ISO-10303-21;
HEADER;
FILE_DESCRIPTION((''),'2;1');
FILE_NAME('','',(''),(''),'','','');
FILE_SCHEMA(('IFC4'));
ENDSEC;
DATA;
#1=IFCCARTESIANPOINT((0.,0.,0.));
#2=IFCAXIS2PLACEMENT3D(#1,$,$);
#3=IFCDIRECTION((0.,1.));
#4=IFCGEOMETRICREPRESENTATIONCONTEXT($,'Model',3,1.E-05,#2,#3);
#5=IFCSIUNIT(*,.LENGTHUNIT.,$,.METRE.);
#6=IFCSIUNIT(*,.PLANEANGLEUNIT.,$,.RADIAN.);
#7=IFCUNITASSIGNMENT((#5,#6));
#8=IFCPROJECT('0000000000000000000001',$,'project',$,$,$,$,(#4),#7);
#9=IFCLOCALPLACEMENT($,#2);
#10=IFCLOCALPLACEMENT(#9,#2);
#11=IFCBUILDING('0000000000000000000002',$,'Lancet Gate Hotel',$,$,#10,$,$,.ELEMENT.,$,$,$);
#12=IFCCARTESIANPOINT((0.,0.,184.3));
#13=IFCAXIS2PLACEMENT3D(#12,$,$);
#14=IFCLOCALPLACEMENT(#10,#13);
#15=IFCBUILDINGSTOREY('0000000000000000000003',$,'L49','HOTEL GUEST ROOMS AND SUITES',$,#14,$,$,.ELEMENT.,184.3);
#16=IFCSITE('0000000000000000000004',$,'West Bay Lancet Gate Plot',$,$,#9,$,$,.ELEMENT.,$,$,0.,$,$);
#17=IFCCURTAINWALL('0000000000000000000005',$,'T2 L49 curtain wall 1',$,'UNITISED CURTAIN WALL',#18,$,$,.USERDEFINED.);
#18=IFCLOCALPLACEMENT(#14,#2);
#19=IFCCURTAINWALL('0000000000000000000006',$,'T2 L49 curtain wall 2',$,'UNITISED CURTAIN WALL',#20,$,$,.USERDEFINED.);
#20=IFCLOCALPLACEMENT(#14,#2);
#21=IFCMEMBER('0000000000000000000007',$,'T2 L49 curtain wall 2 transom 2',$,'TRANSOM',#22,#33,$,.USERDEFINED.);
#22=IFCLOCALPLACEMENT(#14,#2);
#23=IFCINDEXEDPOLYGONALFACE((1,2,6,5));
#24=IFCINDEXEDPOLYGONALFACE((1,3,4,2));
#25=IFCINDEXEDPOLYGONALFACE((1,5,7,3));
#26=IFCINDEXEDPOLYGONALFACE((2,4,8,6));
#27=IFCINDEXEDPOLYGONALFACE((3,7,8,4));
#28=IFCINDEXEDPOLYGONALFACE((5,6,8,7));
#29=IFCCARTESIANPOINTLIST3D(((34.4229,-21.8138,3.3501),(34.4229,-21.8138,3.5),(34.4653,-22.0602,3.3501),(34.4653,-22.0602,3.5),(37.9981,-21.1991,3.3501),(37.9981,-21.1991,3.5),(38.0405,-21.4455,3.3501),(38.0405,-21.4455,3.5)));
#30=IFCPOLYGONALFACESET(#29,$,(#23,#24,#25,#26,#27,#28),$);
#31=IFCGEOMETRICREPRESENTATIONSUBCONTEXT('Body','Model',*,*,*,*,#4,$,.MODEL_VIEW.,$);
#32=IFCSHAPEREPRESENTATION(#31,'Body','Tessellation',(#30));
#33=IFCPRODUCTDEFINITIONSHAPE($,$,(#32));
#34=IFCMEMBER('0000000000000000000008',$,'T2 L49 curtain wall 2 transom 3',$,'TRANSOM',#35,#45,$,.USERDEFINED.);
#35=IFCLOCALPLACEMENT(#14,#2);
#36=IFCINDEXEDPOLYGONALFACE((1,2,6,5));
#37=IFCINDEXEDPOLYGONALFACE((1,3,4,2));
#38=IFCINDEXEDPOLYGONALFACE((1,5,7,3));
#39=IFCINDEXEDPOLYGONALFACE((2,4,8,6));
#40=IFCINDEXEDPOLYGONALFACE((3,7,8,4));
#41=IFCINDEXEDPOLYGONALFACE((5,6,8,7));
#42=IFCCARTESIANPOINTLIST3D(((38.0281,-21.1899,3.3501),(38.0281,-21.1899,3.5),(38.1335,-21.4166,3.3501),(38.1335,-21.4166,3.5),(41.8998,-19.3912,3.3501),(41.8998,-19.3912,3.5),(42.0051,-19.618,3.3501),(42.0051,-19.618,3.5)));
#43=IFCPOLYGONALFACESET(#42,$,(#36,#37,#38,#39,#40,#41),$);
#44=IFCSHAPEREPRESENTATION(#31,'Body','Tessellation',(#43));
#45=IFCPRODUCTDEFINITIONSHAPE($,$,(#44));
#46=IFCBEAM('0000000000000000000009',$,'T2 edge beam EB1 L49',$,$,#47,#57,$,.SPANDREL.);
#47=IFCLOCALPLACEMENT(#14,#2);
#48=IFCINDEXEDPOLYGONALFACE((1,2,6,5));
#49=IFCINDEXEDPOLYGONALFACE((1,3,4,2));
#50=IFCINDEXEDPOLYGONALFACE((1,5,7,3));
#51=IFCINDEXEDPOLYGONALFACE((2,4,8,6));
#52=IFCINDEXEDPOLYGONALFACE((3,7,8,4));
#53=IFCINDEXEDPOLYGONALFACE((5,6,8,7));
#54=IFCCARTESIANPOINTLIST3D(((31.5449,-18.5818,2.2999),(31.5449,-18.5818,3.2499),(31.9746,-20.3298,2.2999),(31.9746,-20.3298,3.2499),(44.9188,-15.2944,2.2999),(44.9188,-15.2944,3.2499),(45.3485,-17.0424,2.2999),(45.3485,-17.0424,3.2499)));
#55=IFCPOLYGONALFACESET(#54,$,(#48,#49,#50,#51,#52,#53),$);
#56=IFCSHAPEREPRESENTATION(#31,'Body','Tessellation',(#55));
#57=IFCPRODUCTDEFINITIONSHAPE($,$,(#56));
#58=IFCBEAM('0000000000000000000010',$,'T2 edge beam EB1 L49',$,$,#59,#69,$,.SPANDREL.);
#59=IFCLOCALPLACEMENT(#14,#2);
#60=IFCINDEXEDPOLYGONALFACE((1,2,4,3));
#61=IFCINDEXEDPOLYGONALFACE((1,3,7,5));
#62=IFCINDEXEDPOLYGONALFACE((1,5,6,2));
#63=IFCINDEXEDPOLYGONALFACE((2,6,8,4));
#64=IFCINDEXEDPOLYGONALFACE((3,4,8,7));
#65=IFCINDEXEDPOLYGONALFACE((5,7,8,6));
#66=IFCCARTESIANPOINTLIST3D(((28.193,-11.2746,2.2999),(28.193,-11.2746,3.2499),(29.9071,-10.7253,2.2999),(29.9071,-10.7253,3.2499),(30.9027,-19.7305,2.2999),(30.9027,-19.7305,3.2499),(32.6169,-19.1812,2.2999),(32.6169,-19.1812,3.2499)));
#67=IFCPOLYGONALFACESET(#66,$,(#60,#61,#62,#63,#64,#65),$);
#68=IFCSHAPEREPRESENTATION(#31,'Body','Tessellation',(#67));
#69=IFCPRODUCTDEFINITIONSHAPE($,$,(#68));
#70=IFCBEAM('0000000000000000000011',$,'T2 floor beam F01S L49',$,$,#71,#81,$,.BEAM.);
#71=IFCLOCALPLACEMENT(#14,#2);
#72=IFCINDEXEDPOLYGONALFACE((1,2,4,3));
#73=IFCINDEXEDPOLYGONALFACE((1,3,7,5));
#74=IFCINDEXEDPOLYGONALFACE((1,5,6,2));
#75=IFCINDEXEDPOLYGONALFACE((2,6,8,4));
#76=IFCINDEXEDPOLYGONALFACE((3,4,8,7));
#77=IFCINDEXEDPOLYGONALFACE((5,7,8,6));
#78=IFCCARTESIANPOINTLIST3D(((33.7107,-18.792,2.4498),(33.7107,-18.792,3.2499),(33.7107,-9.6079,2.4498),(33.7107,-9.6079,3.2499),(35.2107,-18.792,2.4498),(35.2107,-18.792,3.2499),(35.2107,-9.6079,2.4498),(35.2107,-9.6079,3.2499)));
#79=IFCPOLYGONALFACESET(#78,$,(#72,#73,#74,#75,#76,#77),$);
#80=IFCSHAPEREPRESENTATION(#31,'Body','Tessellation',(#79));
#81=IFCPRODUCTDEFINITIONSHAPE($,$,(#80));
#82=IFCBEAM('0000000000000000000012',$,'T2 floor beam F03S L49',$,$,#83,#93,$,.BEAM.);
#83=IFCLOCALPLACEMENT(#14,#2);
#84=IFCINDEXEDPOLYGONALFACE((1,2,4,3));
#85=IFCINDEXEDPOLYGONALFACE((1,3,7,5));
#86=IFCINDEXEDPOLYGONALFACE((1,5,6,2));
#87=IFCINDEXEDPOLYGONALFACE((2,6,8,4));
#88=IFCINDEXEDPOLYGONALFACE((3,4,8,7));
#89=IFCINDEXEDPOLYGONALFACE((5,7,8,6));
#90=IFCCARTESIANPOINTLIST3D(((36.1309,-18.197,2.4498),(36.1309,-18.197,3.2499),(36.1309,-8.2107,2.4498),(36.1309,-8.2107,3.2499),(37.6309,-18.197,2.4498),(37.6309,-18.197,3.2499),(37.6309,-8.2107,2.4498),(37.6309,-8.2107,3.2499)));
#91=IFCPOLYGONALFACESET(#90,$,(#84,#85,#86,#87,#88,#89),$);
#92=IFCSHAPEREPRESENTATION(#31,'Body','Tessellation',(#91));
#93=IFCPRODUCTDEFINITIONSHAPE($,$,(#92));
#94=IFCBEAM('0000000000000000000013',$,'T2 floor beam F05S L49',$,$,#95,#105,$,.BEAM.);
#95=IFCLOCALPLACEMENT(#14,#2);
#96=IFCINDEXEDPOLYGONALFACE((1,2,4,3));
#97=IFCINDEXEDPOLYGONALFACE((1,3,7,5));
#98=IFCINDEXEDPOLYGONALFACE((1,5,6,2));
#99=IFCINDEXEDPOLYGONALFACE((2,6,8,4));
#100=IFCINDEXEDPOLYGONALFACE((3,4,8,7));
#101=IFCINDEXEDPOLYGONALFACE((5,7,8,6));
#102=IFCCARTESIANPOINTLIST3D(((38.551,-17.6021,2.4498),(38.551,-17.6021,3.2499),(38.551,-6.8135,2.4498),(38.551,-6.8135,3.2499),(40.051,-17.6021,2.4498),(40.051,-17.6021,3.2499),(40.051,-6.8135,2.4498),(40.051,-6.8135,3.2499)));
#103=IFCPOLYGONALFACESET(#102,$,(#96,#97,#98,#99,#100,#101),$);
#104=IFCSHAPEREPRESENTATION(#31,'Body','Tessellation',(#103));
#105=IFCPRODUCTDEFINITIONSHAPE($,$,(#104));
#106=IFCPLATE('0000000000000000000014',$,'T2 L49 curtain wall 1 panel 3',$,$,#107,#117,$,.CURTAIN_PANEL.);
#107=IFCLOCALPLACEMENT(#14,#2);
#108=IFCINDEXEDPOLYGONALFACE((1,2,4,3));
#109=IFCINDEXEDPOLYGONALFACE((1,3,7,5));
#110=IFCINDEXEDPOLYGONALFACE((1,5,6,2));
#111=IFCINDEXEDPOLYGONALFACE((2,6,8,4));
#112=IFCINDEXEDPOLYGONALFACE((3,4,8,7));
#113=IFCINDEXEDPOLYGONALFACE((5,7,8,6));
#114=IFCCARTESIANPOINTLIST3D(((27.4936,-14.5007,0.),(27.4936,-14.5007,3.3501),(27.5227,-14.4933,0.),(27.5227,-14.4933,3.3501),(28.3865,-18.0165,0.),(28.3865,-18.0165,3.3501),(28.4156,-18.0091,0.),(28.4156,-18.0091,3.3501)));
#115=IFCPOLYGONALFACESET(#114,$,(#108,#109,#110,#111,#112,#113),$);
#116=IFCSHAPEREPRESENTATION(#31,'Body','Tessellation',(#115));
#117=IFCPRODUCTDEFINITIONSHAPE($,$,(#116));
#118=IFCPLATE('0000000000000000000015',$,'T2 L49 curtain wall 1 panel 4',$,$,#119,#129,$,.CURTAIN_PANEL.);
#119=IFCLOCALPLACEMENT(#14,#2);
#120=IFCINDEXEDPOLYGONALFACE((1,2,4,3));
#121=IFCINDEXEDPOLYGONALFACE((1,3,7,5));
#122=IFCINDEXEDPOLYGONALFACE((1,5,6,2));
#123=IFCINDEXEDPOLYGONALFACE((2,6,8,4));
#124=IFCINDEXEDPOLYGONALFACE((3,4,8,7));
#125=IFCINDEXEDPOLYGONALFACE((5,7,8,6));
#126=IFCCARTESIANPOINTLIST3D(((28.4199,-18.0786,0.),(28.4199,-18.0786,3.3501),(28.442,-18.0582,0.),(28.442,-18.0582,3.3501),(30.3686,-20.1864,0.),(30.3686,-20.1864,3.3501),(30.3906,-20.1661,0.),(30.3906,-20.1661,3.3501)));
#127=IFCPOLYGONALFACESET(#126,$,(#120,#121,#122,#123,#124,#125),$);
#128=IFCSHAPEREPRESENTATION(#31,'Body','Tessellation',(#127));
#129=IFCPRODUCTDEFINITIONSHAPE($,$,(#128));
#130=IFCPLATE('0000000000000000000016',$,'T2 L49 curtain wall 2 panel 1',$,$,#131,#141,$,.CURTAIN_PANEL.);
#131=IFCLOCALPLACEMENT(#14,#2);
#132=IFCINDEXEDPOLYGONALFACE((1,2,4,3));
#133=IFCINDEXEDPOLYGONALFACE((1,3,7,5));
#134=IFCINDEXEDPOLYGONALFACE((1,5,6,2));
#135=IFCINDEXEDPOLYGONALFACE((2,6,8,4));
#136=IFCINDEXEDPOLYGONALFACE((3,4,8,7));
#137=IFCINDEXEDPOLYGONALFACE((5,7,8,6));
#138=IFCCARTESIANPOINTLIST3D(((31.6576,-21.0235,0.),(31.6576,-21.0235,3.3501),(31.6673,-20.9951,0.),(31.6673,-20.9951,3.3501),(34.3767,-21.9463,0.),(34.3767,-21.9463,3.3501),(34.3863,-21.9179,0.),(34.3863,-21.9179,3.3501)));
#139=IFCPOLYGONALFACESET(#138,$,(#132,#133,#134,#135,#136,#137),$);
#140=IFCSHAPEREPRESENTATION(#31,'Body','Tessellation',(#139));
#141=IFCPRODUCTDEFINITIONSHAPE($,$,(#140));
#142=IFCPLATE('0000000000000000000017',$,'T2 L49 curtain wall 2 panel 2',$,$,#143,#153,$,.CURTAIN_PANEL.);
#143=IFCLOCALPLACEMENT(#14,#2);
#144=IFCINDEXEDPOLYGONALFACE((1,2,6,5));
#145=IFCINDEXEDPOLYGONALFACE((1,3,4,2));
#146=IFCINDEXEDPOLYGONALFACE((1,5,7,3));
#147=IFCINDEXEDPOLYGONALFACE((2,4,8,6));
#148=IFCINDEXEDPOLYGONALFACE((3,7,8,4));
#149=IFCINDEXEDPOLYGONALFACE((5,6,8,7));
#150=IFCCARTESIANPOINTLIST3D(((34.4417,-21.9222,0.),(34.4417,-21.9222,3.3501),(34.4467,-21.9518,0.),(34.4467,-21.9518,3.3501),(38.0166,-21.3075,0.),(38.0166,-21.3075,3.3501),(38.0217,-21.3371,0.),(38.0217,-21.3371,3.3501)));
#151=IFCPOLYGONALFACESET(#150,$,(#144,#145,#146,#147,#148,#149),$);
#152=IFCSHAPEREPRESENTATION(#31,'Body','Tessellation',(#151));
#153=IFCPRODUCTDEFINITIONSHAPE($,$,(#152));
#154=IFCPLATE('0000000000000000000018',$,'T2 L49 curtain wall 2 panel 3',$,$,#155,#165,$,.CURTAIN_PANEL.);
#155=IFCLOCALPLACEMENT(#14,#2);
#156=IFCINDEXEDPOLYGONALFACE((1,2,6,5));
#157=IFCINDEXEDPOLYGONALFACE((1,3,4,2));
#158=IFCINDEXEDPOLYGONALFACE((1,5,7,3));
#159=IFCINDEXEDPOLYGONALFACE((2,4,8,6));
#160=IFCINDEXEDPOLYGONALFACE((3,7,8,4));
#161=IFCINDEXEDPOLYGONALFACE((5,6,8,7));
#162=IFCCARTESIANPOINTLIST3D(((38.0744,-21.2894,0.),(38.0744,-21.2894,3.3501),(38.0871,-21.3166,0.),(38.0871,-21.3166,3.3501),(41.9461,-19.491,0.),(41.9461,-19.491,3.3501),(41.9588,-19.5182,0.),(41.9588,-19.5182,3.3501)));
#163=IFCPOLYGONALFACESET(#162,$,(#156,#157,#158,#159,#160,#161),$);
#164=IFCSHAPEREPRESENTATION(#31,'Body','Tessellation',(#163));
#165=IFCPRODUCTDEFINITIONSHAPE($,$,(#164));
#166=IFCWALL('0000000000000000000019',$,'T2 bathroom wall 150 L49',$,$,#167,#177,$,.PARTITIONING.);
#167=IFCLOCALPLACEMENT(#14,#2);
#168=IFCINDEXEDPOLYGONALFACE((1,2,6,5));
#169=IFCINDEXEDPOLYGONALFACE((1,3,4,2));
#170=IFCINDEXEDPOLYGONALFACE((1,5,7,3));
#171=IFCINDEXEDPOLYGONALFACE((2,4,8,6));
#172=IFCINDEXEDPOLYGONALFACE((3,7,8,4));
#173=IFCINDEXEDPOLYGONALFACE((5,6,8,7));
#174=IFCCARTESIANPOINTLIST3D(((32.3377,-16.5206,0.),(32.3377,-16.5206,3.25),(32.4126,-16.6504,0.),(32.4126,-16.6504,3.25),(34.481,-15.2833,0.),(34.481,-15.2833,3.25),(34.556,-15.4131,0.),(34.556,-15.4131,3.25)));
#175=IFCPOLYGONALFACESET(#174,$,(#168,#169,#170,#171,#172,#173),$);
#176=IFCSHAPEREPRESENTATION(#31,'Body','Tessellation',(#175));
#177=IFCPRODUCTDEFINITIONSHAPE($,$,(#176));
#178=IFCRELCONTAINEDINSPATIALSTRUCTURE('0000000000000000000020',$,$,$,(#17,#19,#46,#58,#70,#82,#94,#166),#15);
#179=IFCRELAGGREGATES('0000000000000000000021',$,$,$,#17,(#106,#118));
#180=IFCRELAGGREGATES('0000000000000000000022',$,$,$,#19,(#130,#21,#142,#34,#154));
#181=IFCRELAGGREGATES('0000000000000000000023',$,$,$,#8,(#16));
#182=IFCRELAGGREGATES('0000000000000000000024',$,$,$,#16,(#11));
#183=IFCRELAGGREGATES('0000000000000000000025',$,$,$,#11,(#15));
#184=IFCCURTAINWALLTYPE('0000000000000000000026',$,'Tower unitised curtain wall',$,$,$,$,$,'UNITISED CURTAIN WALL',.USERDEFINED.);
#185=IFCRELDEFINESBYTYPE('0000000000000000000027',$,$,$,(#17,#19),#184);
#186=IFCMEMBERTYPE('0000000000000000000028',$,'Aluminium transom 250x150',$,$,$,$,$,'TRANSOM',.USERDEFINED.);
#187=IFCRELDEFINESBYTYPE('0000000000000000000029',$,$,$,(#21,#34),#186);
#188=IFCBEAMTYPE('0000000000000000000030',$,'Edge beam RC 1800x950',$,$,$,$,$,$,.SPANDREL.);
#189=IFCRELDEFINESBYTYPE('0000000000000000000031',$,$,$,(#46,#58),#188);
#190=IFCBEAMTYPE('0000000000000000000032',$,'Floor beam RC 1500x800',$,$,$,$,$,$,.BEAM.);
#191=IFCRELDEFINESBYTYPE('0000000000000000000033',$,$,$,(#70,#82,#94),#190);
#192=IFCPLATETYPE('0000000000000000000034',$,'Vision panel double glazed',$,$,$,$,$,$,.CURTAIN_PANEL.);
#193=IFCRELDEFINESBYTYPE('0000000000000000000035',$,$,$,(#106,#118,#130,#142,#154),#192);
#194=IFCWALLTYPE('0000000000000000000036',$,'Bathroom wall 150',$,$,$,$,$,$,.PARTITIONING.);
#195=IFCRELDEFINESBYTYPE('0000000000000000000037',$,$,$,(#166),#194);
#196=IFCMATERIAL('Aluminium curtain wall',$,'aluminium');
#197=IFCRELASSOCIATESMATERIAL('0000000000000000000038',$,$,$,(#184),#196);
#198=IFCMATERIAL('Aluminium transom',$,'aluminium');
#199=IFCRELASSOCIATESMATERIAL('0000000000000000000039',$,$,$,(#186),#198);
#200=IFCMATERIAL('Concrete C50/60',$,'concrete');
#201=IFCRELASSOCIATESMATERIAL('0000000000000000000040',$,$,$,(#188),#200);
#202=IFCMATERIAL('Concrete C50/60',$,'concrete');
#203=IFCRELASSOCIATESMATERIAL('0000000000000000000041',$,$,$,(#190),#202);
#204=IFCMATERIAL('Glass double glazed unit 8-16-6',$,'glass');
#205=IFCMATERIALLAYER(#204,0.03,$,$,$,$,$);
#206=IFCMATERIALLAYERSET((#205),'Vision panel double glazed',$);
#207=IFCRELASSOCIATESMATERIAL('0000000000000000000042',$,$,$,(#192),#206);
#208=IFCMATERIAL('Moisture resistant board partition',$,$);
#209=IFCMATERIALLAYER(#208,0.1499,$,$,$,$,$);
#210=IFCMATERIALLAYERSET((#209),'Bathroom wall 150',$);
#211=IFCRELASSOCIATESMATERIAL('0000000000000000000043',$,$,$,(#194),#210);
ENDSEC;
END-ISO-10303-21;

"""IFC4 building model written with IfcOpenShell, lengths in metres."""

from ifc_helpers import new_model, si_unit, direction, frame, frame_2d, origin, origin_2d, place, context, subcontext, project, spatial, rectangle, extrude, material, layer, layer_set, material_profile, profile_set, type_object, element, aggregate, save


model = new_model("IFC4")

# Units and contexts
model_context = context("Model", 3, precision=1e-05, world=origin(), true_north=direction((0.0, 1.0)))
body_context = subcontext(model_context, "Body", "Model", "MODEL_VIEW")
ifc_project = project(units=[si_unit("LENGTHUNIT", "METRE"), si_unit("PLANEANGLEUNIT", "RADIAN")], contexts=[model_context])

# Site, building, storey
site_placement = place(None, origin())
site = spatial("IfcSite", under=ifc_project, at=site_placement, Name="West Bay Lancet Gate Plot", CompositionType="ELEMENT", RefElevation=0.0)
building_placement = place(site_placement, origin())
building = spatial("IfcBuilding", under=site, at=building_placement, Name="Lancet Gate Hotel", CompositionType="ELEMENT")
storey_placement = place(building_placement, frame((0.0, 0.0, 184.3)))
storey = spatial("IfcBuildingStorey", under=building, at=storey_placement, Name="L49", Description="HOTEL GUEST ROOMS AND SUITES", CompositionType="ELEMENT", Elevation=184.3)

# Curtain walls
ifc_material_1 = material(Name="Aluminium curtain wall", Category="aluminium")
curtain_wall_type = type_object("IfcCurtainWallType", Name="Tower unitised curtain wall", ElementType="UNITISED CURTAIN WALL", PredefinedType="USERDEFINED", material=ifc_material_1)
curtain_wall_1_placement = place(storey_placement, origin())
curtain_wall_1 = element("IfcCurtainWall", 1, at=curtain_wall_1_placement, inside=storey, type_object=curtain_wall_type, Name="T2 L49 curtain wall 1", ObjectType="UNITISED CURTAIN WALL", PredefinedType="USERDEFINED")
curtain_wall_2_placement = place(storey_placement, origin())
curtain_wall_2 = element("IfcCurtainWall", 2, at=curtain_wall_2_placement, inside=storey, type_object=curtain_wall_type, Name="T2 L49 curtain wall 2", ObjectType="UNITISED CURTAIN WALL", PredefinedType="USERDEFINED")

# Members
ifc_material_2 = material(Name="Aluminium transom", Category="aluminium")
ifc_material_profile_1 = material_profile(ifc_material_2, rectangle(XDim=0.25, YDim=0.1499, at=origin_2d()), Name="TRANSOM 250x150")
ifc_profile_set_1 = profile_set([ifc_material_profile_1], Name="Aluminium transom")
member_type_1 = type_object("IfcMemberType", Name="Aluminium transom 250x150", ElementType="TRANSOM", PredefinedType="USERDEFINED", material=ifc_profile_set_1)
member_1_placement = place(storey_placement, frame((34.4441, -21.937, 3.425), z_axis=(0.985537, 0.169461, 0.0), x_axis=(-0.169461, 0.985537, 0.0)))
member_1 = element("IfcMember", 3, at=member_1_placement, type_object=member_type_1, Name="T2 L49 curtain wall 2 transom 2", ObjectType="TRANSOM", PredefinedType="USERDEFINED", context=body_context, shape_type="SweptSolid", body=[
    extrude(rectangle(XDim=0.25, YDim=0.1499, at=origin_2d()), origin(), (0.0, 0.0, 1.0), 3.6277),
])
member_2_placement = place(storey_placement, frame((38.0808, -21.3032, 3.425), z_axis=(0.906914, 0.421316, 0.0), x_axis=(-0.421316, 0.906914, 0.0)))
member_2 = element("IfcMember", 4, at=member_2_placement, type_object=member_type_1, Name="T2 L49 curtain wall 2 transom 3", ObjectType="TRANSOM", PredefinedType="USERDEFINED", context=body_context, shape_type="SweptSolid", body=[
    extrude(rectangle(XDim=0.25, YDim=0.1499, at=origin_2d()), origin(), (0.0, 0.0, 1.0), 4.269),
])

# Beams
ifc_material_3 = material(Name="Concrete C50/60", Category="concrete")
ifc_material_profile_2 = material_profile(ifc_material_3, rectangle(XDim=1.8, YDim=0.95, at=origin_2d()), Name="RC 1800x950")
ifc_profile_set_2 = profile_set([ifc_material_profile_2], Name="Concrete C50/60")
beam_type_1 = type_object("IfcBeamType", Name="Edge beam RC 1800x950", PredefinedType="SPANDREL", material=ifc_profile_set_2)
beam_1_placement = place(storey_placement, frame((31.7598, -19.4558, 2.7749), z_axis=(0.971093, 0.2387, 0.0), x_axis=(-0.2387, 0.971093, 0.0)))
element("IfcBeam", 5, at=beam_1_placement, inside=storey, type_object=beam_type_1, Name="T2 edge beam EB1 L49", PredefinedType="SPANDREL", context=body_context, shape_type="SweptSolid", body=[
    extrude(rectangle(XDim=1.8, YDim=0.95, at=origin_2d()), origin(), (0.0, 0.0, 1.0), 13.772),
])
beam_2_placement = place(storey_placement, frame((31.7598, -19.4558, 2.7749), z_axis=(-0.30517, 0.952298, 0.0), x_axis=(-0.952298, -0.30517, 0.0)))
element("IfcBeam", 6, at=beam_2_placement, inside=storey, type_object=beam_type_1, Name="T2 edge beam EB1 L49", PredefinedType="SPANDREL", context=body_context, shape_type="SweptSolid", body=[
    extrude(rectangle(XDim=1.8, YDim=0.95, at=origin_2d()), origin(), (0.0, 0.0, 1.0), 8.8794),
])
ifc_material_4 = material(Name="Concrete C50/60", Category="concrete")
ifc_material_profile_3 = material_profile(ifc_material_4, rectangle(XDim=1.5, YDim=0.8, at=origin_2d()), Name="RC 1500x800")
ifc_profile_set_3 = profile_set([ifc_material_profile_3], Name="Concrete C50/60")
beam_type_2 = type_object("IfcBeamType", Name="Floor beam RC 1500x800", PredefinedType="BEAM", material=ifc_profile_set_3)
beam_3_placement = place(storey_placement, frame((34.4607, -18.792, 2.8499), z_axis=(0.0, 1.0, 0.0), x_axis=(-1.0, 0.0, 0.0)))
element("IfcBeam", 7, at=beam_3_placement, inside=storey, type_object=beam_type_2, Name="T2 floor beam F01S L49", PredefinedType="BEAM", context=body_context, shape_type="SweptSolid", body=[
    extrude(rectangle(XDim=1.5, YDim=0.8, at=origin_2d()), origin(), (0.0, 0.0, 1.0), 9.1841),
])
beam_4_placement = place(storey_placement, frame((36.8809, -18.197, 2.8499), z_axis=(0.0, 1.0, 0.0), x_axis=(-1.0, 0.0, 0.0)))
element("IfcBeam", 8, at=beam_4_placement, inside=storey, type_object=beam_type_2, Name="T2 floor beam F03S L49", PredefinedType="BEAM", context=body_context, shape_type="SweptSolid", body=[
    extrude(rectangle(XDim=1.5, YDim=0.8, at=origin_2d()), origin(), (0.0, 0.0, 1.0), 9.9863),
])
beam_5_placement = place(storey_placement, frame((39.301, -17.6021, 2.8499), z_axis=(0.0, 1.0, 0.0), x_axis=(-1.0, 0.0, 0.0)))
element("IfcBeam", 9, at=beam_5_placement, inside=storey, type_object=beam_type_2, Name="T2 floor beam F05S L49", PredefinedType="BEAM", context=body_context, shape_type="SweptSolid", body=[
    extrude(rectangle(XDim=1.5, YDim=0.8, at=origin_2d()), origin(), (0.0, 0.0, 1.0), 10.7886),
])

# Plates
ifc_material_5 = material(Name="Glass double glazed unit 8-16-6", Category="glass")
ifc_layer_1 = layer(ifc_material_5, 0.03)
ifc_layer_set_1 = layer_set([ifc_layer_1], Name="Vision panel double glazed")
plate_type = type_object("IfcPlateType", Name="Vision panel double glazed", PredefinedType="CURTAIN_PANEL", material=ifc_layer_set_1)
plate_1_placement = place(storey_placement, frame((27.9546, -16.2549, 0.0), z_axis=(0.0, 0.0, 1.0), x_axis=(0.246167, -0.969228, 0.0)))
plate_1 = element("IfcPlate", 10, at=plate_1_placement, type_object=plate_type, Name="T2 L49 curtain wall 1 panel 3", PredefinedType="CURTAIN_PANEL", context=body_context, shape_type="SweptSolid", body=[
    extrude(rectangle(XDim=3.6274, YDim=0.03, at=origin_2d()), origin(), (0.0, 0.0, 1.0), 3.3501),
])
plate_2_placement = place(storey_placement, frame((29.4053, -19.1223, 0.0), z_axis=(0.0, 0.0, 1.0), x_axis=(0.678831, -0.734294, 0.0)))
plate_2 = element("IfcPlate", 11, at=plate_2_placement, type_object=plate_type, Name="T2 L49 curtain wall 1 panel 4", PredefinedType="CURTAIN_PANEL", context=body_context, shape_type="SweptSolid", body=[
    extrude(rectangle(XDim=2.8706, YDim=0.03, at=origin_2d()), origin(), (0.0, 0.0, 1.0), 3.3501),
])
aggregate(curtain_wall_1, [plate_1, plate_2])
plate_3_placement = place(storey_placement, frame((33.022, -21.4707, 0.0), z_axis=(0.0, 0.0, 1.0), x_axis=(0.946952, -0.321374, 0.0)))
plate_3 = element("IfcPlate", 12, at=plate_3_placement, type_object=plate_type, Name="T2 L49 curtain wall 2 panel 1", PredefinedType="CURTAIN_PANEL", context=body_context, shape_type="SweptSolid", body=[
    extrude(rectangle(XDim=2.8713, YDim=0.03, at=origin_2d()), origin(), (0.0, 0.0, 1.0), 3.3501),
])
plate_4_placement = place(storey_placement, frame((36.2317, -21.6296, 0.0), z_axis=(0.0, 0.0, 1.0), x_axis=(0.98554, 0.169445, 0.0)))
plate_4 = element("IfcPlate", 13, at=plate_4_placement, type_object=plate_type, Name="T2 L49 curtain wall 2 panel 2", PredefinedType="CURTAIN_PANEL", context=body_context, shape_type="SweptSolid", body=[
    extrude(rectangle(XDim=3.6274, YDim=0.03, at=origin_2d()), origin(), (0.0, 0.0, 1.0), 3.3501),
])
plate_5_placement = place(storey_placement, frame((40.0166, -20.4038, 0.0), z_axis=(0.0, 0.0, 1.0), x_axis=(0.906935, 0.421271, 0.0)))
plate_5 = element("IfcPlate", 14, at=plate_5_placement, type_object=plate_type, Name="T2 L49 curtain wall 2 panel 3", PredefinedType="CURTAIN_PANEL", context=body_context, shape_type="SweptSolid", body=[
    extrude(rectangle(XDim=4.269, YDim=0.03, at=origin_2d()), origin(), (0.0, 0.0, 1.0), 3.3501),
])
aggregate(curtain_wall_2, [plate_3, member_1, plate_4, member_2, plate_5])

# Wall
ifc_material_6 = material(Name="Moisture resistant board partition")
ifc_layer_2 = layer(ifc_material_6, 0.1499)
ifc_layer_set_2 = layer_set([ifc_layer_2], Name="Bathroom wall 150")
wall_type_1 = type_object("IfcWallType", Name="Bathroom wall 150", PredefinedType="PARTITIONING", material=ifc_layer_set_2)
wall_1_placement = place(storey_placement, frame((32.3752, -16.5854, 0.0), z_axis=(0.0, 0.0, 1.0), x_axis=(0.866049, 0.499959, 0.0)))
element("IfcWall", 15, at=wall_1_placement, inside=storey, type_object=wall_type_1, Name="T2 bathroom wall 150 L49", PredefinedType="PARTITIONING", context=body_context, shape_type="SweptSolid", body=[
    extrude(rectangle(XDim=2.4749, YDim=0.1499, at=frame_2d((1.2373, 0.0))), origin(), (0.0, 0.0, 1.0), 3.25),
])

save(model, "model.ifc")
